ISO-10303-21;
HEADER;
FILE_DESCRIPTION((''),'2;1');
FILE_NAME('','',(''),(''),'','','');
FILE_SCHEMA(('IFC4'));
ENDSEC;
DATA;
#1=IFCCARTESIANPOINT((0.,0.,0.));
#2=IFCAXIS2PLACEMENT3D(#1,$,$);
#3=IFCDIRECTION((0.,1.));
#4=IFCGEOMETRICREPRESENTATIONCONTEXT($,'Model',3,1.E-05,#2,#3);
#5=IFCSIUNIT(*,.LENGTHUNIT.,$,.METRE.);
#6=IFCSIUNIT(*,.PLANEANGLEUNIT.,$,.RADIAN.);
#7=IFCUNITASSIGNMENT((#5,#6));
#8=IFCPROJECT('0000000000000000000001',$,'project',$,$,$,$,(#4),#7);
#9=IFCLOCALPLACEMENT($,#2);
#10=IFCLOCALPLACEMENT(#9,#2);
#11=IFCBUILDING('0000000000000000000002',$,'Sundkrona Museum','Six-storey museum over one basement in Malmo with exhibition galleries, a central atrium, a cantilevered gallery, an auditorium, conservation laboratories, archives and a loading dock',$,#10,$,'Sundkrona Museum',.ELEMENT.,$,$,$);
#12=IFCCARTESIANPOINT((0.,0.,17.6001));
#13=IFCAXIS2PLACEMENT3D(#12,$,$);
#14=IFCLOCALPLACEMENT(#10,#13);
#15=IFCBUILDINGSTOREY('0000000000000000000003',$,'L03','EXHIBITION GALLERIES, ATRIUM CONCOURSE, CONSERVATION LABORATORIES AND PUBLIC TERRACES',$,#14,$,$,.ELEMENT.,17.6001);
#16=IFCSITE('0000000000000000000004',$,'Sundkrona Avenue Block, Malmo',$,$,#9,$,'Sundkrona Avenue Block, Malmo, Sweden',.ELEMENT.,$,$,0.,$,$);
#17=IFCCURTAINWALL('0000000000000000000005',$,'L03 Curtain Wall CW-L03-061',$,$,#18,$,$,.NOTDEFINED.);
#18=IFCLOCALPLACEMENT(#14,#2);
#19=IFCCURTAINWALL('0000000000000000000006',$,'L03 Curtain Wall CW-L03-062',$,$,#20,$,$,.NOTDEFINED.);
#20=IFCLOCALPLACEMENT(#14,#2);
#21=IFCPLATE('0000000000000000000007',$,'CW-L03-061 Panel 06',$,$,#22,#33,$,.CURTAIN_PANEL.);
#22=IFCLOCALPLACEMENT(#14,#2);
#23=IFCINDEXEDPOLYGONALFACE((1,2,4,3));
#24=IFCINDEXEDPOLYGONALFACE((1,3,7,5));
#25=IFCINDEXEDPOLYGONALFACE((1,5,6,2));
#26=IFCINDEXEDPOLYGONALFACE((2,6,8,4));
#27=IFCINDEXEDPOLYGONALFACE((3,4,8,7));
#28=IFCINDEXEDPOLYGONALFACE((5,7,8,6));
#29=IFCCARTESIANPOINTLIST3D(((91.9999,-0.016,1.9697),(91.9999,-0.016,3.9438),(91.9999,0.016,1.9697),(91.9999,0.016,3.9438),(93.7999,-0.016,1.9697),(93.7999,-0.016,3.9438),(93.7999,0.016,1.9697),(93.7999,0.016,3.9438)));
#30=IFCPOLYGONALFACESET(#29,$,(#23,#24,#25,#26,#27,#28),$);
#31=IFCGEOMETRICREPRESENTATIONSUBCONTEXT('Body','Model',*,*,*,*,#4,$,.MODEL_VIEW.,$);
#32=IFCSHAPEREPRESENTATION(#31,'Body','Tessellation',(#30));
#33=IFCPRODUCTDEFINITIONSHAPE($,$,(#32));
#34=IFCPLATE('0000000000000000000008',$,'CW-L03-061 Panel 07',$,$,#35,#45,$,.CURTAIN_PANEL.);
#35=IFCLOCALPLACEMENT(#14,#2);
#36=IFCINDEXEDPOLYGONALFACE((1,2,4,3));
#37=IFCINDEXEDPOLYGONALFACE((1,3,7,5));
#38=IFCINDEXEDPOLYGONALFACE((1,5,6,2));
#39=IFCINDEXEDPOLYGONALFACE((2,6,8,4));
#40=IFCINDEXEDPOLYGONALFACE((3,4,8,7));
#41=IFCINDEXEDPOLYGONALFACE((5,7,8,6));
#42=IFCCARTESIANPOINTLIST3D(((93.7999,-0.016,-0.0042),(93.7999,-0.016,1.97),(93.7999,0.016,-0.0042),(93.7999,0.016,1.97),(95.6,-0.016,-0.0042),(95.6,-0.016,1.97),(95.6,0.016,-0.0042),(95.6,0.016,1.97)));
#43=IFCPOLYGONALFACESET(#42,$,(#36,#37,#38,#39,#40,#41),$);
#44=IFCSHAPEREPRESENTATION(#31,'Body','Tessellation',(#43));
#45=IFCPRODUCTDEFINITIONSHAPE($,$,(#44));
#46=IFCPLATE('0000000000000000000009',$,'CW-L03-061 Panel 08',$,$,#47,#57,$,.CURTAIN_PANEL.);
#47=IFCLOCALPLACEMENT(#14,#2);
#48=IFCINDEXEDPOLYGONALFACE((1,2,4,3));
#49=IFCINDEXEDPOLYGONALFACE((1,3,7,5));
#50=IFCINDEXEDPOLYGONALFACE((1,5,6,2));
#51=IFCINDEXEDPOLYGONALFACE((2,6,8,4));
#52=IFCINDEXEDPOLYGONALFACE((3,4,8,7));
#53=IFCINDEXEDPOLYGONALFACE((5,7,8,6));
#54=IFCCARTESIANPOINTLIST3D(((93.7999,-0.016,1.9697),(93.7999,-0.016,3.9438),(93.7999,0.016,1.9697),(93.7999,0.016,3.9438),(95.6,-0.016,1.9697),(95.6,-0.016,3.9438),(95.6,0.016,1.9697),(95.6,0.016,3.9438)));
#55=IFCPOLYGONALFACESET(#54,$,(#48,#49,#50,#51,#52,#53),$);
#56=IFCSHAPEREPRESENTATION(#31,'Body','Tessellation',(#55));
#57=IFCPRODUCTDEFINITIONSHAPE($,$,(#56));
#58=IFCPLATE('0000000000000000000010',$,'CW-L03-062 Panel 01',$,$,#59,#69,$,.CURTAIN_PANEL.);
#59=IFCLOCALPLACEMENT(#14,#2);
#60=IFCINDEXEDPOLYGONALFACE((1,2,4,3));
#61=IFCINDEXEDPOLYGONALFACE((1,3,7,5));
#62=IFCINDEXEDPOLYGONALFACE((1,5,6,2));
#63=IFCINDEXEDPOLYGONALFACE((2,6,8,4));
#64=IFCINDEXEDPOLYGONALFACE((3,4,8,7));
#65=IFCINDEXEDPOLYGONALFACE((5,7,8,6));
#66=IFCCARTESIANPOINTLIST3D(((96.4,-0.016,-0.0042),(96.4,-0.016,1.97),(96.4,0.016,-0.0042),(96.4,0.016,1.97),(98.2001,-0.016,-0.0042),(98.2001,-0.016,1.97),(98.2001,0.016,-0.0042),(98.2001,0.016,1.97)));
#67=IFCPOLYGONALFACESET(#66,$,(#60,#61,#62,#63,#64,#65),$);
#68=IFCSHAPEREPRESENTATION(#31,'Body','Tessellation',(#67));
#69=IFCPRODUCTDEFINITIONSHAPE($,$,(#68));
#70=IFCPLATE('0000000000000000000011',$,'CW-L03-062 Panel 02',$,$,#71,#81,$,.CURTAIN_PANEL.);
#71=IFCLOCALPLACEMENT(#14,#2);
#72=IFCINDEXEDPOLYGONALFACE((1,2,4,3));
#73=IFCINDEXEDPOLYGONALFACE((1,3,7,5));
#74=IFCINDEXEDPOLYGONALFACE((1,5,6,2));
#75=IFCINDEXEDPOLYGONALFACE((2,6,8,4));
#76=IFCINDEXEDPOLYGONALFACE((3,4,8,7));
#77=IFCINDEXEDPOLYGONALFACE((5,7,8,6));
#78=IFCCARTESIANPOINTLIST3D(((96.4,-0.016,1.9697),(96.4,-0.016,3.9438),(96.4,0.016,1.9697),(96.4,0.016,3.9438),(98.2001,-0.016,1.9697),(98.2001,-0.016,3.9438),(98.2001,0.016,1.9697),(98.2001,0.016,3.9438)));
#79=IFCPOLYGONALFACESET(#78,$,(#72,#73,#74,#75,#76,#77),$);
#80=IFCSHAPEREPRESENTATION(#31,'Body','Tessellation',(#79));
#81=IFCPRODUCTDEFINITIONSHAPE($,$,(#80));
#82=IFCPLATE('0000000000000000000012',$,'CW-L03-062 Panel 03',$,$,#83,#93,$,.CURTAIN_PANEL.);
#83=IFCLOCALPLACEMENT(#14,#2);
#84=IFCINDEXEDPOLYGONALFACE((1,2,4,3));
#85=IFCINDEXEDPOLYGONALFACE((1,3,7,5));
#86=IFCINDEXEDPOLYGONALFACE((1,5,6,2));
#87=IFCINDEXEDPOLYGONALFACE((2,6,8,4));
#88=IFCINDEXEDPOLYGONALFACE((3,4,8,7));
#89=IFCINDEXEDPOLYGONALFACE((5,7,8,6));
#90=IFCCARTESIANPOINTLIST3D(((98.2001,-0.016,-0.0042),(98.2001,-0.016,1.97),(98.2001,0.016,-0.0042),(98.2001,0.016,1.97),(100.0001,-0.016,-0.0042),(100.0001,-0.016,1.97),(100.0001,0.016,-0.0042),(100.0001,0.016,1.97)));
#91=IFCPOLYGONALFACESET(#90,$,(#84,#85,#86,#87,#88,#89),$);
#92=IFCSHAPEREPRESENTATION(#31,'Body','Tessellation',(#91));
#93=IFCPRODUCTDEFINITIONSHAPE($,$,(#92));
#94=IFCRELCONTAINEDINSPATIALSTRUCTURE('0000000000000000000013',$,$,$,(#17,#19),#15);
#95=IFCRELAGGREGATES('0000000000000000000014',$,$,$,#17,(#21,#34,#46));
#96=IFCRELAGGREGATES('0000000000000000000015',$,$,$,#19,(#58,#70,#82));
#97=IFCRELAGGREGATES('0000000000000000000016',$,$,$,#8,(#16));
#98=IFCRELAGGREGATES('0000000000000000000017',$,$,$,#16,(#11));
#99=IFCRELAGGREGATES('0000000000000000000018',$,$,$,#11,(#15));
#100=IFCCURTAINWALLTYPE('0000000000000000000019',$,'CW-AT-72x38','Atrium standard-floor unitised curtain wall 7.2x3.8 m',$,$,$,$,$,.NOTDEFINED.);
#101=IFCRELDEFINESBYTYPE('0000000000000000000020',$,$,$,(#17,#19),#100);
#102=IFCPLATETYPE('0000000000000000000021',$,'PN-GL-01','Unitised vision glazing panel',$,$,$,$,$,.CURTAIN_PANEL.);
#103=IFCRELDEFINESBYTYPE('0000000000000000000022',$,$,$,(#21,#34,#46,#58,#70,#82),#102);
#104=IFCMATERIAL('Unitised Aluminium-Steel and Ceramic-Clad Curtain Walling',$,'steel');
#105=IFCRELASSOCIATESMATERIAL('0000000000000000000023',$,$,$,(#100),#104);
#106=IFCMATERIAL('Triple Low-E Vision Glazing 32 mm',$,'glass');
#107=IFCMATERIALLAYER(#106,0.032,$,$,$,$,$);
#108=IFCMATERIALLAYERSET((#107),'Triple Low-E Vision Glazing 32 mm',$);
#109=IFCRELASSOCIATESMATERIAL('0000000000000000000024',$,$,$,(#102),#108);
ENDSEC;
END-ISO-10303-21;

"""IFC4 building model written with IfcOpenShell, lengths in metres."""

from ifc_helpers import new_model, si_unit, direction, frame, origin, origin_2d, place, context, subcontext, project, spatial, rectangle, extrude, material, layer, layer_set, type_object, element, aggregate, save


model = new_model("IFC4")

# Units and contexts
model_context = context("Model", 3, precision=1e-05, world=origin(), true_north=direction((0.0, 1.0)))
body_context = subcontext(model_context, "Body", "Model", "MODEL_VIEW")
ifc_project = project(units=[si_unit("LENGTHUNIT", "METRE"), si_unit("PLANEANGLEUNIT", "RADIAN")], contexts=[model_context])

# Site, building, storey
site_placement = place(None, origin())
site = spatial("IfcSite", under=ifc_project, at=site_placement, Name="Sundkrona Avenue Block, Malmo", LongName="Sundkrona Avenue Block, Malmo, Sweden", CompositionType="ELEMENT", RefElevation=0.0)
building_placement = place(site_placement, origin())
building = spatial("IfcBuilding", under=site, at=building_placement, Name="Sundkrona Museum", Description="Six-storey museum over one basement in Malmo with exhibition galleries, a central atrium, a cantilevered gallery, an auditorium, conservation laboratories, archives and a loading dock", LongName="Sundkrona Museum", CompositionType="ELEMENT")
storey_placement = place(building_placement, frame((0.0, 0.0, 17.6001)))
storey = spatial("IfcBuildingStorey", under=building, at=storey_placement, Name="L03", Description="EXHIBITION GALLERIES, ATRIUM CONCOURSE, CONSERVATION LABORATORIES AND PUBLIC TERRACES", CompositionType="ELEMENT", Elevation=17.6001)

# Curtain walls
ifc_material_1 = material(Name="Unitised Aluminium-Steel and Ceramic-Clad Curtain Walling", Category="steel")
curtain_wall_type = type_object("IfcCurtainWallType", Name="CW-AT-72x38", Description="Atrium standard-floor unitised curtain wall 7.2x3.8 m", PredefinedType="NOTDEFINED", material=ifc_material_1)
curtain_wall_1_placement = place(storey_placement, origin())
curtain_wall_1 = element("IfcCurtainWall", 1, at=curtain_wall_1_placement, inside=storey, type_object=curtain_wall_type, Name="L03 Curtain Wall CW-L03-061", PredefinedType="NOTDEFINED")
curtain_wall_2_placement = place(storey_placement, origin())
curtain_wall_2 = element("IfcCurtainWall", 2, at=curtain_wall_2_placement, inside=storey, type_object=curtain_wall_type, Name="L03 Curtain Wall CW-L03-062", PredefinedType="NOTDEFINED")

# Plates
ifc_material_2 = material(Name="Triple Low-E Vision Glazing 32 mm", Category="glass")
ifc_layer = layer(ifc_material_2, 0.032)
ifc_layer_set = layer_set([ifc_layer], Name="Triple Low-E Vision Glazing 32 mm")
plate_type = type_object("IfcPlateType", Name="PN-GL-01", Description="Unitised vision glazing panel", PredefinedType="CURTAIN_PANEL", material=ifc_layer_set)
plate_1_placement = place(storey_placement, frame((92.8999, 0.0, 1.9697), z_axis=(0.0, 0.0, 1.0), x_axis=(1.0, 0.0, 0.0)))
plate_1 = element("IfcPlate", 3, at=plate_1_placement, type_object=plate_type, Name="CW-L03-061 Panel 06", PredefinedType="CURTAIN_PANEL", context=body_context, shape_type="SweptSolid", body=[
    extrude(rectangle(XDim=1.8, YDim=0.032, at=origin_2d()), origin(), (0.0, 0.0, 1.0), 1.9741),
])
plate_2_placement = place(storey_placement, frame((94.7, 0.0, -0.0042), z_axis=(0.0, 0.0, 1.0), x_axis=(1.0, 0.0, 0.0)))
plate_2 = element("IfcPlate", 4, at=plate_2_placement, type_object=plate_type, Name="CW-L03-061 Panel 07", PredefinedType="CURTAIN_PANEL", context=body_context, shape_type="SweptSolid", body=[
    extrude(rectangle(XDim=1.8, YDim=0.032, at=origin_2d()), origin(), (0.0, 0.0, 1.0), 1.9741),
])
plate_3_placement = place(storey_placement, frame((94.7, 0.0, 1.9697), z_axis=(0.0, 0.0, 1.0), x_axis=(1.0, 0.0, 0.0)))
plate_3 = element("IfcPlate", 5, at=plate_3_placement, type_object=plate_type, Name="CW-L03-061 Panel 08", PredefinedType="CURTAIN_PANEL", context=body_context, shape_type="SweptSolid", body=[
    extrude(rectangle(XDim=1.8, YDim=0.032, at=origin_2d()), origin(), (0.0, 0.0, 1.0), 1.9741),
])
aggregate(curtain_wall_1, [plate_1, plate_2, plate_3])
plate_4_placement = place(storey_placement, frame((97.3, 0.0, -0.0042), z_axis=(0.0, 0.0, 1.0), x_axis=(1.0, 0.0, 0.0)))
plate_4 = element("IfcPlate", 6, at=plate_4_placement, type_object=plate_type, Name="CW-L03-062 Panel 01", PredefinedType="CURTAIN_PANEL", context=body_context, shape_type="SweptSolid", body=[
    extrude(rectangle(XDim=1.8, YDim=0.032, at=origin_2d()), origin(), (0.0, 0.0, 1.0), 1.9741),
])
plate_5_placement = place(storey_placement, frame((97.3, 0.0, 1.9697), z_axis=(0.0, 0.0, 1.0), x_axis=(1.0, 0.0, 0.0)))
plate_5 = element("IfcPlate", 7, at=plate_5_placement, type_object=plate_type, Name="CW-L03-062 Panel 02", PredefinedType="CURTAIN_PANEL", context=body_context, shape_type="SweptSolid", body=[
    extrude(rectangle(XDim=1.8, YDim=0.032, at=origin_2d()), origin(), (0.0, 0.0, 1.0), 1.9741),
])
plate_6_placement = place(storey_placement, frame((99.1001, 0.0, -0.0042), z_axis=(0.0, 0.0, 1.0), x_axis=(1.0, 0.0, 0.0)))
plate_6 = element("IfcPlate", 8, at=plate_6_placement, type_object=plate_type, Name="CW-L03-062 Panel 03", PredefinedType="CURTAIN_PANEL", context=body_context, shape_type="SweptSolid", body=[
    extrude(rectangle(XDim=1.8, YDim=0.032, at=origin_2d()), origin(), (0.0, 0.0, 1.0), 1.9741),
])
aggregate(curtain_wall_2, [plate_4, plate_5, plate_6])

save(model, "model.ifc")
